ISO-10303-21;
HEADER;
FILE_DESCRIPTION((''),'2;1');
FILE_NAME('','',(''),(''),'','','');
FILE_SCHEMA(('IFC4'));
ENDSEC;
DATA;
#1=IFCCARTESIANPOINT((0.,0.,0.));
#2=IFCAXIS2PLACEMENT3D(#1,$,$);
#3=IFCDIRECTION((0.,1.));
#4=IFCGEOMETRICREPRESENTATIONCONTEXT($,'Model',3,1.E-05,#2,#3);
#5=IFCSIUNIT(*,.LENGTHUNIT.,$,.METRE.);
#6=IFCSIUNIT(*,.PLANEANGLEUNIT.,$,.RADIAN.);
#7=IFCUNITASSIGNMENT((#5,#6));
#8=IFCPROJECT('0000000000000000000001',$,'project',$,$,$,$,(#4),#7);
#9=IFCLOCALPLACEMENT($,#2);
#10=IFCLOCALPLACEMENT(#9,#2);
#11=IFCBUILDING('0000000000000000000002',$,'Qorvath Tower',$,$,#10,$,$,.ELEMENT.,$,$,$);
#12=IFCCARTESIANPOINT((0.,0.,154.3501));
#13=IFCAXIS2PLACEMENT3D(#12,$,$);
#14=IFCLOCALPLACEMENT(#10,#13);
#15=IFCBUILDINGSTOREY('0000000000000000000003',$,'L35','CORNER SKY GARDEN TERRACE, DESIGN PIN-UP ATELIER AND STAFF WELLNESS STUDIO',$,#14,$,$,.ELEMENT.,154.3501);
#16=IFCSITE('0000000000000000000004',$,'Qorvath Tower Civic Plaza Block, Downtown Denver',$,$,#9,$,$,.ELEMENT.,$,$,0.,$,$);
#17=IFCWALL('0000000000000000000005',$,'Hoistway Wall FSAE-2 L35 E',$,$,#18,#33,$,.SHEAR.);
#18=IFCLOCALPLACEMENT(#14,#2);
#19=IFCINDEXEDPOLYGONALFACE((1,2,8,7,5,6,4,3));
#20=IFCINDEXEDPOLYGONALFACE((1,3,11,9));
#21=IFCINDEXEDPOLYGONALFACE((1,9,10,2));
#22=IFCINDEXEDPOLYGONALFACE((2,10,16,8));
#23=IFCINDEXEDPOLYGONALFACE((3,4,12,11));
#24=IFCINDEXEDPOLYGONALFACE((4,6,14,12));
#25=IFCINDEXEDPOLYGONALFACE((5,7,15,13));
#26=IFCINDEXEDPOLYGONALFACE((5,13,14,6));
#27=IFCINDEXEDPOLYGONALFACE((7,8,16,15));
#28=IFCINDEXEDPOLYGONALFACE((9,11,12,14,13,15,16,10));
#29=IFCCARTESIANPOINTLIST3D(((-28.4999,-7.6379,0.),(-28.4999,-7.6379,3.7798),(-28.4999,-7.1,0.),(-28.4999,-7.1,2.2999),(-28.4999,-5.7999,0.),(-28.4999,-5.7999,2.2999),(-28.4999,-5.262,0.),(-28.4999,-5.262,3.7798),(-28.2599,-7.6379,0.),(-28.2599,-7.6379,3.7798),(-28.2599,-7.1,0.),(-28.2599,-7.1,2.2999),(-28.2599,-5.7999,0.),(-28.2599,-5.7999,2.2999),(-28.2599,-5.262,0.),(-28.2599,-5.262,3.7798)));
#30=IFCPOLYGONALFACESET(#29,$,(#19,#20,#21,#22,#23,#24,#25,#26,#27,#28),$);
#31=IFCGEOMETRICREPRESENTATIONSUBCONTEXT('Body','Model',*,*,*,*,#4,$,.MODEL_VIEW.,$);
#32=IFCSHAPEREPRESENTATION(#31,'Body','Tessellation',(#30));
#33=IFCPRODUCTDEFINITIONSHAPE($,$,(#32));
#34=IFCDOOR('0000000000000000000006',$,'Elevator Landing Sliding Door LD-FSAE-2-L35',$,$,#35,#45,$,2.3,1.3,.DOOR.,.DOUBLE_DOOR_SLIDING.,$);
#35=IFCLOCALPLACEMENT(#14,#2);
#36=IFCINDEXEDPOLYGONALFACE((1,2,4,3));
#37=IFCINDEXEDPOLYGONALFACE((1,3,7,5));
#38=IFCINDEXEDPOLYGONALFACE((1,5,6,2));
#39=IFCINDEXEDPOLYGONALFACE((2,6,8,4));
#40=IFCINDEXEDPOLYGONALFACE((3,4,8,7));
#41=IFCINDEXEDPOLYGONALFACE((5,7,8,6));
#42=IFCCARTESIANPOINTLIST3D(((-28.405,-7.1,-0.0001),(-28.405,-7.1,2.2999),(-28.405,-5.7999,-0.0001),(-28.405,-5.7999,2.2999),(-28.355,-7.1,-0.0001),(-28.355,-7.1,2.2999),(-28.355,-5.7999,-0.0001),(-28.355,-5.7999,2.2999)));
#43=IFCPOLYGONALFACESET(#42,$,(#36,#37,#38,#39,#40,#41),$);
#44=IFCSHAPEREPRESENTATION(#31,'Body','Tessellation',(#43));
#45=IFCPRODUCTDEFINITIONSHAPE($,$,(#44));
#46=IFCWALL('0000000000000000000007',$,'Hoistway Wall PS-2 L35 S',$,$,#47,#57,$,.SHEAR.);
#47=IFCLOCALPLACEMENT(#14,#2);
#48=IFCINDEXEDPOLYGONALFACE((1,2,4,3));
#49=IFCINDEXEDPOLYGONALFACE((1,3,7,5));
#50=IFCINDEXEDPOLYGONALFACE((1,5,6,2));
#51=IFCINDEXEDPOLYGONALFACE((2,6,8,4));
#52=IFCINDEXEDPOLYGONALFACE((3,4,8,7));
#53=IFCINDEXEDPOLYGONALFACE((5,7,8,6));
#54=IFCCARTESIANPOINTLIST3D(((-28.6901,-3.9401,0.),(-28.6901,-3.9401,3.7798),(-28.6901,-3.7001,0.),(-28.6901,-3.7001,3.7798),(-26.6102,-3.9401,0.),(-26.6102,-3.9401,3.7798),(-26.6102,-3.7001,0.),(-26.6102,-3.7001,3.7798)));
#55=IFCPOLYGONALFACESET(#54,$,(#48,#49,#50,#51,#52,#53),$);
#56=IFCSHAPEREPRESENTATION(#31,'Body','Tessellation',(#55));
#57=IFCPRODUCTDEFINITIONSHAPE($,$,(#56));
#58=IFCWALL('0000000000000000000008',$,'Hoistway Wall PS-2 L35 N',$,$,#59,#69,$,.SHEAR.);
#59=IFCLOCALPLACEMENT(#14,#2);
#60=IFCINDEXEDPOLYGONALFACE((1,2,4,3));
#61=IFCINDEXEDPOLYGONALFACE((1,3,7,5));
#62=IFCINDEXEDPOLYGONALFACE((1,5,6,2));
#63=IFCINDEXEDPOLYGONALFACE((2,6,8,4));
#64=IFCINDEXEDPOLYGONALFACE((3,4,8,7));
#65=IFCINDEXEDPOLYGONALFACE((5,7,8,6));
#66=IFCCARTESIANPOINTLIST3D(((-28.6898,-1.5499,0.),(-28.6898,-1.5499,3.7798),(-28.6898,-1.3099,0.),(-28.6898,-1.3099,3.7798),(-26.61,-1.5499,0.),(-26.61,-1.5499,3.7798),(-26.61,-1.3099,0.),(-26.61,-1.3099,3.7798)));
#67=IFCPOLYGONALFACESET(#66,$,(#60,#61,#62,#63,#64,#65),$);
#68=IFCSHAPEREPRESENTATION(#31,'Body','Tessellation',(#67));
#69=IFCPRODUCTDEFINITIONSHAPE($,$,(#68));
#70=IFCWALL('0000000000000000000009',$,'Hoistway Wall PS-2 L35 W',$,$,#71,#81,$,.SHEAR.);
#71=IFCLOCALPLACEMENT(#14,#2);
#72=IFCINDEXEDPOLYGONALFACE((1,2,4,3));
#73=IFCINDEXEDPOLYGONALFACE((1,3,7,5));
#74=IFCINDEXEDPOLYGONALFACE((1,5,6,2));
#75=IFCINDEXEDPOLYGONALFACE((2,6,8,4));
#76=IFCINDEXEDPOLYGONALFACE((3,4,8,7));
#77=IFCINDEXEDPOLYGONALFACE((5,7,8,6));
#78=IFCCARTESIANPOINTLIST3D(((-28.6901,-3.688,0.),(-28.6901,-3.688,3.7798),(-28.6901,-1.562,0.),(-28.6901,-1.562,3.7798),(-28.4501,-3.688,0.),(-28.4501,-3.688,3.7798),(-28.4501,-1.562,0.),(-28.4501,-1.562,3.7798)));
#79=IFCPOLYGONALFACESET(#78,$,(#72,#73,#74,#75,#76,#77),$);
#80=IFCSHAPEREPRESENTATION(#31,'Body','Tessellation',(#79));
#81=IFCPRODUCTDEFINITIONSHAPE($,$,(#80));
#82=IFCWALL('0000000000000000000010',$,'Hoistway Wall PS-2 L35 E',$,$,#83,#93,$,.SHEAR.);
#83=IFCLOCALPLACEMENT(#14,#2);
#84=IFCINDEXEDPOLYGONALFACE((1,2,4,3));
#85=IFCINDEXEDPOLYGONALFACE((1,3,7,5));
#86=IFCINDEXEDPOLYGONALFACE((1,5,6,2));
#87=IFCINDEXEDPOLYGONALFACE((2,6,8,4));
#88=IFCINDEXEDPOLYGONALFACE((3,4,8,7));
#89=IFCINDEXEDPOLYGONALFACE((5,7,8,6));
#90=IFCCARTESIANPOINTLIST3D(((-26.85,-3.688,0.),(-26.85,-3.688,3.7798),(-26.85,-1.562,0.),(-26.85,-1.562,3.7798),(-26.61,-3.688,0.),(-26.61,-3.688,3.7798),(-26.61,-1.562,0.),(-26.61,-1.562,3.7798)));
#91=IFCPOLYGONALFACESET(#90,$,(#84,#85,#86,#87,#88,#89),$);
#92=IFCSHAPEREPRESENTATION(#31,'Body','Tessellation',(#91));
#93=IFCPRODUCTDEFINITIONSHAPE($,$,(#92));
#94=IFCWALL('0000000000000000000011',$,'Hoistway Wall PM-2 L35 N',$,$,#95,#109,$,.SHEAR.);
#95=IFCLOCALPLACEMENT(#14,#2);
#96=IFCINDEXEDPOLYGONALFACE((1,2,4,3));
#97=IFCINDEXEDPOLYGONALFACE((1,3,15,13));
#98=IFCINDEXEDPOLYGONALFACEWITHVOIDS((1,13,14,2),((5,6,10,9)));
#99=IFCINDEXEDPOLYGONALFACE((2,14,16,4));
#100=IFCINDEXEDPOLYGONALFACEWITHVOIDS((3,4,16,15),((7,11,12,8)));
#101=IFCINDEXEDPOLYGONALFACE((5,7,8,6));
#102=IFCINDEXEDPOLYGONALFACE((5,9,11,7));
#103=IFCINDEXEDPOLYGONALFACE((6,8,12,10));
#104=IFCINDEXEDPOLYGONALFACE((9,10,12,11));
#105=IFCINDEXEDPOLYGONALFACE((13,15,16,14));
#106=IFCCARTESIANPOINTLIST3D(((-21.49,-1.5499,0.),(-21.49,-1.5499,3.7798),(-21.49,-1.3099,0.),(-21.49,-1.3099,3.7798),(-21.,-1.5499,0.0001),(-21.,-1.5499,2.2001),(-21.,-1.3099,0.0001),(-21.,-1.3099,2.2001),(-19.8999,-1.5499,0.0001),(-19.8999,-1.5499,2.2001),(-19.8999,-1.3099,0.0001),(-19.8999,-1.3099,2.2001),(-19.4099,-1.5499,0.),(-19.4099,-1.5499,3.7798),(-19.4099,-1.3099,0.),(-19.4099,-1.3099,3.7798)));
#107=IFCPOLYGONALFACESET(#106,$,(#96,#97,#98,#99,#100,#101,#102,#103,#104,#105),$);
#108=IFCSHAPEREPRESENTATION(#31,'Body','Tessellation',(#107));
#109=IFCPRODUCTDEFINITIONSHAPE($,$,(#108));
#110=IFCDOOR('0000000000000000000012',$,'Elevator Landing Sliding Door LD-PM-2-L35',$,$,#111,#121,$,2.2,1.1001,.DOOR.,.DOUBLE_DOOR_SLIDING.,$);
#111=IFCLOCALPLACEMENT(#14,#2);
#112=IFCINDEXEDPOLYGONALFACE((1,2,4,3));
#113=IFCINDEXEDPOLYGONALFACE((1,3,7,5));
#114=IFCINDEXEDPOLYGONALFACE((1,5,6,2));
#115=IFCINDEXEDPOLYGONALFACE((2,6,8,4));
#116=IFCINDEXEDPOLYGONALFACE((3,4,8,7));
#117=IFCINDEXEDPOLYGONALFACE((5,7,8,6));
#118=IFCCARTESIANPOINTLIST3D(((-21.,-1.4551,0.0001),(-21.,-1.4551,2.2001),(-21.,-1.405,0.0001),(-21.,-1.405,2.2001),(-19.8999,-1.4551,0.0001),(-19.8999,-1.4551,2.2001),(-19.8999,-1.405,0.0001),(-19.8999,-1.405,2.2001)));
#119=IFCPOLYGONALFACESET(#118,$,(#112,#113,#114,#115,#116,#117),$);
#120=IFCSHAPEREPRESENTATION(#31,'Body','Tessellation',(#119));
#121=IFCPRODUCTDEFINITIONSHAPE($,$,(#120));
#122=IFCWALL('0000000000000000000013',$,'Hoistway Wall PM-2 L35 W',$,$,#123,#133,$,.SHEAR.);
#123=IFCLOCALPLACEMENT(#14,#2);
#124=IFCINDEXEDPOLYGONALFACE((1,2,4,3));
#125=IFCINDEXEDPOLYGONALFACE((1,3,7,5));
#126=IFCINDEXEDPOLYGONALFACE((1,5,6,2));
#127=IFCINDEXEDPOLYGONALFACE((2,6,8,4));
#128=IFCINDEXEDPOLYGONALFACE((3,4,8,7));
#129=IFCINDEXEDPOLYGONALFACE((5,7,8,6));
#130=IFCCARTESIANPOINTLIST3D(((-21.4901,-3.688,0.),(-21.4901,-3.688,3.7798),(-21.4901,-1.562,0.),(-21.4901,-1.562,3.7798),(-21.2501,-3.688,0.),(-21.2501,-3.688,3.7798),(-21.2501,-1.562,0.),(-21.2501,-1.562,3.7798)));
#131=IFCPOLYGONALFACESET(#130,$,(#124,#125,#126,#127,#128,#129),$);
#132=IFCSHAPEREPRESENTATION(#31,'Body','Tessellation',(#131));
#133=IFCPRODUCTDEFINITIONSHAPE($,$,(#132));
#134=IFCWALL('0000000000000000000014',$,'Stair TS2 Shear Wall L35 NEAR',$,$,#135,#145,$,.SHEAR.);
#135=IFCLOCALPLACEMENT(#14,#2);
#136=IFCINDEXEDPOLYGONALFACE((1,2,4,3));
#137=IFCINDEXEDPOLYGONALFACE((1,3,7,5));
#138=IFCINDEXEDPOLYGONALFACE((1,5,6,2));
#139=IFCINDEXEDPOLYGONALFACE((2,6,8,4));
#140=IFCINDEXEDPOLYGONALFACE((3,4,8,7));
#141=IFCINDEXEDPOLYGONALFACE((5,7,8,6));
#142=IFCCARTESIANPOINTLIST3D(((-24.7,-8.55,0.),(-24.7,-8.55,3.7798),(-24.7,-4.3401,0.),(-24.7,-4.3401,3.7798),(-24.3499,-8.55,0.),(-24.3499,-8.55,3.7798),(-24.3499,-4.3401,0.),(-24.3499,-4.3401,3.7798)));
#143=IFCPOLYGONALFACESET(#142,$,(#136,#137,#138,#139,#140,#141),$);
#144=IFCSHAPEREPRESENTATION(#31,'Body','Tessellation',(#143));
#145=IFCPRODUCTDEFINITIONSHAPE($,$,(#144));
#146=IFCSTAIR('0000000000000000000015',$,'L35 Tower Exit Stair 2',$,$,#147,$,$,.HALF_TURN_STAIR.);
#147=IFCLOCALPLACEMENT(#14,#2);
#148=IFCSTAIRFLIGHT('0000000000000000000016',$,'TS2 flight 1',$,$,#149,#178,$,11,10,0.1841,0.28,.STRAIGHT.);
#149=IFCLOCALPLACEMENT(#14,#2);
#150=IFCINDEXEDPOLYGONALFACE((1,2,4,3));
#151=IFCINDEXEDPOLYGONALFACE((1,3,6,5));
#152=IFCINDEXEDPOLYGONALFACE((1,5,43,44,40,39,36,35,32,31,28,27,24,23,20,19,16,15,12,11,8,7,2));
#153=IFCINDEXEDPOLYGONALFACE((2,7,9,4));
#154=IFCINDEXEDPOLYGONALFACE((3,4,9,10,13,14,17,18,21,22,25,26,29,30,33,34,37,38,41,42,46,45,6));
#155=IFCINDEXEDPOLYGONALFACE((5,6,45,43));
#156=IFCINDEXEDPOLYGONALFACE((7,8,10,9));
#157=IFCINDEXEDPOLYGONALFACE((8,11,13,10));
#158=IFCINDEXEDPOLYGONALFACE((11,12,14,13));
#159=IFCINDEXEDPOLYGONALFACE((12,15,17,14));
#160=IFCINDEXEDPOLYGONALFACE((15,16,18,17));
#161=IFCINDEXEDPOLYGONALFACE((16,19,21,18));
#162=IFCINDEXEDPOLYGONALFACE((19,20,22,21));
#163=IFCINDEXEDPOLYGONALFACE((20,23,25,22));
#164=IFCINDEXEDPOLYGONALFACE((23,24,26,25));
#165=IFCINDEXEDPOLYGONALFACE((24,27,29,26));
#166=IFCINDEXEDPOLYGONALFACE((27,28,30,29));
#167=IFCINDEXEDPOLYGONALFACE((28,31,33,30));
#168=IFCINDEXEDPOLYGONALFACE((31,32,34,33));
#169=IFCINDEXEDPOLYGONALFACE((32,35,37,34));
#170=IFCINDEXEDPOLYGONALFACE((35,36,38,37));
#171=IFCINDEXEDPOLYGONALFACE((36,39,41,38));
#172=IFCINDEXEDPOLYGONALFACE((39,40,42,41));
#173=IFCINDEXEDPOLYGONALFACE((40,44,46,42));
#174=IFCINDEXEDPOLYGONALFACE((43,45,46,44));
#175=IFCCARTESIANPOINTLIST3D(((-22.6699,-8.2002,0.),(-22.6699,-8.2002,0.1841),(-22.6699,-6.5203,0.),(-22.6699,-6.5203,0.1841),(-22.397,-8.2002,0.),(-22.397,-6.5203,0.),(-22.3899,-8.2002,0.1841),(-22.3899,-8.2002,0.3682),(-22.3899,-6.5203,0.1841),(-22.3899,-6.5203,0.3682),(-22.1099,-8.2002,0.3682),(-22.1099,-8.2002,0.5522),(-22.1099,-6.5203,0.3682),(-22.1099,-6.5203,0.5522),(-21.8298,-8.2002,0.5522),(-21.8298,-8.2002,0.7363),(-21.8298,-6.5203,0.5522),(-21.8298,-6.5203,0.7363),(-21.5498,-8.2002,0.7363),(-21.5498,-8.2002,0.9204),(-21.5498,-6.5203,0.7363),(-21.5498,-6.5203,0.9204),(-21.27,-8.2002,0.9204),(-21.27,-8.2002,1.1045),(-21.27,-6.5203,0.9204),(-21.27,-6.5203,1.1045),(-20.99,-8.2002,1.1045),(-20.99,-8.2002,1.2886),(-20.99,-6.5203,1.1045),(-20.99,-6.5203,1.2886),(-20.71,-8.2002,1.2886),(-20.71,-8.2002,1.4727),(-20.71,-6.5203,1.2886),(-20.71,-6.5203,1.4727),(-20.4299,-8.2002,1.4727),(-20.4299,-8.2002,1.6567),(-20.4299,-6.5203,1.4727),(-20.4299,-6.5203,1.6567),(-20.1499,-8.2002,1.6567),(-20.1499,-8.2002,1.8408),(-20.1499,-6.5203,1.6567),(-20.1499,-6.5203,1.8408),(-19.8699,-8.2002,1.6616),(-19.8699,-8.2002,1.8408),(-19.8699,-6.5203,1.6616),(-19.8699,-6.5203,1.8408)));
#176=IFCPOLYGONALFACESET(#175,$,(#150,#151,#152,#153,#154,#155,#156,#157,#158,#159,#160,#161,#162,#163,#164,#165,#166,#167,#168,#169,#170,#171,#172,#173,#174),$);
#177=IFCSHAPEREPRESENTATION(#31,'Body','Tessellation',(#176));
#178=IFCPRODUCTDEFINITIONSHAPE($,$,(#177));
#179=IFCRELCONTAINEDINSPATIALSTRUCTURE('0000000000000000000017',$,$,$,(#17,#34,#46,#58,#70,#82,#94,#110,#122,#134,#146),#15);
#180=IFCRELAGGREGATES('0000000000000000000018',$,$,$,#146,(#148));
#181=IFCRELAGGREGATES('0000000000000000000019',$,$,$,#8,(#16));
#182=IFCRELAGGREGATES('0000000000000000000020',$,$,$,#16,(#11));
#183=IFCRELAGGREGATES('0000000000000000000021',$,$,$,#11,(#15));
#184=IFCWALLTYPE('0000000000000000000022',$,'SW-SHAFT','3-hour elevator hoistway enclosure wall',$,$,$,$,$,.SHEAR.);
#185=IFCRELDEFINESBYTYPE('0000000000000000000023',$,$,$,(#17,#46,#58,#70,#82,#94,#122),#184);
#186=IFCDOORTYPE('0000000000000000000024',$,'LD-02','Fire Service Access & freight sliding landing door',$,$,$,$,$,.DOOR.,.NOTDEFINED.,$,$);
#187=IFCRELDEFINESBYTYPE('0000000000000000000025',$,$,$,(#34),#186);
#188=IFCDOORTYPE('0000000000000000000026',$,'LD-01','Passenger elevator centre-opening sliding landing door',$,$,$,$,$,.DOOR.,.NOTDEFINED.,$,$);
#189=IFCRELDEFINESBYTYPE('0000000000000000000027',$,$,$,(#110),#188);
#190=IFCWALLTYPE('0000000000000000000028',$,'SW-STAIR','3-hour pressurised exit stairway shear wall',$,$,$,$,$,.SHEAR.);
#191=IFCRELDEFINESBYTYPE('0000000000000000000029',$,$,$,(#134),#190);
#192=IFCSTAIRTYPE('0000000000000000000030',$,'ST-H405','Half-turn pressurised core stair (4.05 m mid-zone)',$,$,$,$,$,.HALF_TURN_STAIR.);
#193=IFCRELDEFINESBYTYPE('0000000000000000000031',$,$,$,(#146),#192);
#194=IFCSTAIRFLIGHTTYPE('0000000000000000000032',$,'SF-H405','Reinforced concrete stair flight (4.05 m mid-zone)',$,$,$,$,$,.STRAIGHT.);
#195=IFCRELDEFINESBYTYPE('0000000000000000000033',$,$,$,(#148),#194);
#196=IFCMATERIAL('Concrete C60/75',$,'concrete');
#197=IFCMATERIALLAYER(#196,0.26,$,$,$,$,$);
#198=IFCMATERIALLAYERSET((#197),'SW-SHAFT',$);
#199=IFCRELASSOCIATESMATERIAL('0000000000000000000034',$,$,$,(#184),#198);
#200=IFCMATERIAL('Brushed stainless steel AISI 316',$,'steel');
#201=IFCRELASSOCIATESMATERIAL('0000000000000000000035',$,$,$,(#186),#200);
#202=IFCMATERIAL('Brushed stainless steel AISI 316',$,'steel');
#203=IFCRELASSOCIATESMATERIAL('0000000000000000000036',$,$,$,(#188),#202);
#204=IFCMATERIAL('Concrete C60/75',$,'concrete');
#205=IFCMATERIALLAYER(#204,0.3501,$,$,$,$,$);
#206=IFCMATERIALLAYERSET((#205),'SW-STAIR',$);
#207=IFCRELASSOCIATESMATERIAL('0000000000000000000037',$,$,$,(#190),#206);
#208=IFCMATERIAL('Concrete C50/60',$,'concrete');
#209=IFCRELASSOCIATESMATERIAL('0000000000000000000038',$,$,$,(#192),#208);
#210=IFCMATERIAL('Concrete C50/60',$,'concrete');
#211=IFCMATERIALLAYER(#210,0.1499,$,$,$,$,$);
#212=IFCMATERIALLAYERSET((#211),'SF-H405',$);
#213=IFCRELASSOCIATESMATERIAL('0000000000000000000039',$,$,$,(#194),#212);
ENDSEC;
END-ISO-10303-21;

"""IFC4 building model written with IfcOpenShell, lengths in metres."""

from ifc_helpers import new_model, si_unit, direction, frame, frame_2d, origin, place, context, subcontext, project, spatial, polyline, rectangle, outline, extrude, material, layer, layer_set, type_object, element, fill, aggregate, save


model = new_model("IFC4")

# Units and contexts
model_context = context("Model", 3, precision=1e-05, world=origin(), true_north=direction((0.0, 1.0)))
body_context = subcontext(model_context, "Body", "Model", "MODEL_VIEW")
ifc_project = project(units=[si_unit("LENGTHUNIT", "METRE"), si_unit("PLANEANGLEUNIT", "RADIAN")], contexts=[model_context])

# Site, building, storey
site_placement = place(None, origin())
site = spatial("IfcSite", under=ifc_project, at=site_placement, Name="Qorvath Tower Civic Plaza Block, Downtown Denver", CompositionType="ELEMENT", RefElevation=0.0)
building_placement = place(site_placement, origin())
building = spatial("IfcBuilding", under=site, at=building_placement, Name="Qorvath Tower", CompositionType="ELEMENT")
storey_placement = place(building_placement, frame((0.0, 0.0, 154.3501)))
storey = spatial("IfcBuildingStorey", under=building, at=storey_placement, Name="L35", Description="CORNER SKY GARDEN TERRACE, DESIGN PIN-UP ATELIER AND STAFF WELLNESS STUDIO", CompositionType="ELEMENT", Elevation=154.3501)

# Shared definitions
ifc_material_1 = material(Name="Concrete C60/75", Category="concrete")
ifc_layer_1 = layer(ifc_material_1, 0.26)
ifc_layer_set_1 = layer_set([ifc_layer_1], Name="SW-SHAFT")
wall_type_1 = type_object("IfcWallType", Name="SW-SHAFT", Description="3-hour elevator hoistway enclosure wall", PredefinedType="SHEAR", material=ifc_layer_set_1)

# Wall, opening, door
wall_1_placement = place(storey_placement, frame((-28.3799, -5.262, 0.0), z_axis=(0.0, 0.0, 1.0), x_axis=(0.0, -1.0, 0.0)))
wall_1 = element("IfcWall", 1, at=wall_1_placement, inside=storey, type_object=wall_type_1, Name="Hoistway Wall FSAE-2 L35 E", PredefinedType="SHEAR", context=body_context, shape_type="SweptSolid", body=[
    extrude(rectangle(XDim=2.376, YDim=0.24, at=frame_2d((1.188, 0.0))), origin(), (0.0, 0.0, 1.0), 3.7798),
])
opening_1_placement = place(wall_1_placement, frame((0.5381, 0.0, 0.0)))
opening_1 = element("IfcOpeningElement", 2, at=opening_1_placement, cuts=wall_1, PredefinedType="OPENING", context=body_context, shape_type="SweptSolid", body=[
    extrude(rectangle(XDim=1.3, YDim=2.3, at=frame_2d((0.6499, 1.1499))), frame((0.0, 0.1299, 0.0), z_axis=(0.0, -1.0, 0.0), x_axis=(1.0, 0.0, 0.0)), (0.0, 0.0, 1.0), 0.26),
])
ifc_material_2 = material(Name="Brushed stainless steel AISI 316", Category="steel")
door_type_1 = type_object("IfcDoorType", Name="LD-02", Description="Fire Service Access & freight sliding landing door", OperationType="NOTDEFINED", PredefinedType="DOOR", material=ifc_material_2)
door_1_placement = place(opening_1_placement, origin())
door_1 = element("IfcDoor", 3, at=door_1_placement, inside=storey, type_object=door_type_1, Name="Elevator Landing Sliding Door LD-FSAE-2-L35", OperationType="DOUBLE_DOOR_SLIDING", OverallHeight=2.3, OverallWidth=1.3, PredefinedType="DOOR", context=body_context, shape_type="SweptSolid", body=[
    extrude(rectangle(XDim=1.3, YDim=2.3, at=frame_2d((0.6499, 1.1499))), frame((0.0, 0.0249, 0.0), z_axis=(0.0, -1.0, 0.0), x_axis=(1.0, 0.0, 0.0)), (0.0, 0.0, 1.0), 0.05),
])
fill(opening_1, door_1)

# Walls
for number, where, z_axis, x_axis, name in (
    (4, (-26.6101, -3.8201, 0.0), (0.0, 0.0, 1.0), (-1.0, 0.0, 0.0), "Hoistway Wall PS-2 L35 S"),
    (5, (-28.6899, -1.4299, 0.0), (0.0, 0.0, 1.0), (1.0, 0.0, 0.0), "Hoistway Wall PS-2 L35 N"),
):
    element("IfcWall", number, at=place(storey_placement, frame(where, z_axis=z_axis, x_axis=x_axis)), inside=storey, type_object=wall_type_1, Name=name, PredefinedType="SHEAR", context=body_context, shape_type="SweptSolid", body=[
        extrude(rectangle(XDim=2.0798, YDim=0.24, at=frame_2d((1.04, 0.0))), origin(), (0.0, 0.0, 1.0), 3.7798),
    ])
for number, where, z_axis, x_axis, name in (
    (6, (-28.5701, -3.688, 0.0), (0.0, 0.0, 1.0), (0.0, 1.0, 0.0), "Hoistway Wall PS-2 L35 W"),
    (7, (-26.73, -1.562, 0.0), (0.0, 0.0, 1.0), (0.0, -1.0, 0.0), "Hoistway Wall PS-2 L35 E"),
):
    element("IfcWall", number, at=place(storey_placement, frame(where, z_axis=z_axis, x_axis=x_axis)), inside=storey, type_object=wall_type_1, Name=name, PredefinedType="SHEAR", context=body_context, shape_type="SweptSolid", body=[
        extrude(rectangle(XDim=2.126, YDim=0.24, at=frame_2d((1.063, 0.0))), origin(), (0.0, 0.0, 1.0), 3.7798),
    ])

# Wall, opening, door
wall_2_placement = place(storey_placement, frame((-21.49, -1.4299, 0.0), z_axis=(0.0, 0.0, 1.0), x_axis=(1.0, 0.0, 0.0)))
wall_2 = element("IfcWall", 8, at=wall_2_placement, inside=storey, type_object=wall_type_1, Name="Hoistway Wall PM-2 L35 N", PredefinedType="SHEAR", context=body_context, shape_type="SweptSolid", body=[
    extrude(rectangle(XDim=2.0801, YDim=0.24, at=frame_2d((1.04, 0.0))), origin(), (0.0, 0.0, 1.0), 3.7798),
])
opening_2_placement = place(wall_2_placement, frame((0.49, 0.0, 0.0)))
opening_2 = element("IfcOpeningElement", 9, at=opening_2_placement, cuts=wall_2, PredefinedType="OPENING", context=body_context, shape_type="SweptSolid", body=[
    extrude(rectangle(XDim=1.1001, YDim=2.2, at=frame_2d((0.55, 1.1001))), frame((0.0, 0.1299, 0.0), z_axis=(0.0, -1.0, 0.0), x_axis=(1.0, 0.0, 0.0)), (0.0, 0.0, 1.0), 0.26),
])
ifc_material_3 = material(Name="Brushed stainless steel AISI 316", Category="steel")
door_type_2 = type_object("IfcDoorType", Name="LD-01", Description="Passenger elevator centre-opening sliding landing door", OperationType="NOTDEFINED", PredefinedType="DOOR", material=ifc_material_3)
door_2_placement = place(opening_2_placement, origin())
door_2 = element("IfcDoor", 10, at=door_2_placement, inside=storey, type_object=door_type_2, Name="Elevator Landing Sliding Door LD-PM-2-L35", OperationType="DOUBLE_DOOR_SLIDING", OverallHeight=2.2, OverallWidth=1.1001, PredefinedType="DOOR", context=body_context, shape_type="SweptSolid", body=[
    extrude(rectangle(XDim=1.1001, YDim=2.2, at=frame_2d((0.55, 1.1001))), frame((0.0, 0.0249, 0.0), z_axis=(0.0, -1.0, 0.0), x_axis=(1.0, 0.0, 0.0)), (0.0, 0.0, 1.0), 0.05),
])
fill(opening_2, door_2)

# Walls
wall_3_placement = place(storey_placement, frame((-21.3701, -3.688, 0.0), z_axis=(0.0, 0.0, 1.0), x_axis=(0.0, 1.0, 0.0)))
element("IfcWall", 11, at=wall_3_placement, inside=storey, type_object=wall_type_1, Name="Hoistway Wall PM-2 L35 W", PredefinedType="SHEAR", context=body_context, shape_type="SweptSolid", body=[
    extrude(rectangle(XDim=2.126, YDim=0.24, at=frame_2d((1.063, 0.0))), origin(), (0.0, 0.0, 1.0), 3.7798),
])
ifc_material_4 = material(Name="Concrete C60/75", Category="concrete")
ifc_layer_2 = layer(ifc_material_4, 0.3501)
ifc_layer_set_2 = layer_set([ifc_layer_2], Name="SW-STAIR")
wall_type_2 = type_object("IfcWallType", Name="SW-STAIR", Description="3-hour pressurised exit stairway shear wall", PredefinedType="SHEAR", material=ifc_layer_set_2)
wall_4_placement = place(storey_placement, frame((-24.5249, -4.3401, 0.0), z_axis=(0.0, 0.0, 1.0), x_axis=(0.0, -1.0, 0.0)))
element("IfcWall", 12, at=wall_4_placement, inside=storey, type_object=wall_type_2, Name="Stair TS2 Shear Wall L35 NEAR", PredefinedType="SHEAR", context=body_context, shape_type="SweptSolid", body=[
    extrude(rectangle(XDim=4.21, YDim=0.3501, at=frame_2d((2.105, 0.0))), origin(), (0.0, 0.0, 1.0), 3.7798),
])

# Stair, stair flight
ifc_material_5 = material(Name="Concrete C50/60", Category="concrete")
stair_type = type_object("IfcStairType", Name="ST-H405", Description="Half-turn pressurised core stair (4.05 m mid-zone)", PredefinedType="HALF_TURN_STAIR", material=ifc_material_5)
stair_placement = place(storey_placement, origin())
stair = element("IfcStair", 13, at=stair_placement, inside=storey, type_object=stair_type, Name="L35 Tower Exit Stair 2", PredefinedType="HALF_TURN_STAIR")
ifc_material_6 = material(Name="Concrete C50/60", Category="concrete")
ifc_layer_3 = layer(ifc_material_6, 0.1499)
ifc_layer_set_3 = layer_set([ifc_layer_3], Name="SF-H405")
stair_flight_type = type_object("IfcStairFlightType", Name="SF-H405", Description="Reinforced concrete stair flight (4.05 m mid-zone)", PredefinedType="STRAIGHT", material=ifc_layer_set_3)
stair_flight_placement = place(storey_placement, frame((-22.6699, -7.3601, 0.0), z_axis=(0.0, 0.0, 1.0), x_axis=(1.0, 0.0, 0.0)))
stair_flight = element("IfcStairFlight", 14, at=stair_flight_placement, type_object=stair_flight_type, Name="TS2 flight 1", NumberOfRisers=11, NumberOfTreads=10, PredefinedType="STRAIGHT", RiserHeight=0.1841, TreadLength=0.28, context=body_context, shape_type="SweptSolid", body=[
    extrude(outline(polyline([(0.0, 0.0), (0.0, 0.1841), (0.28, 0.1841), (0.28, 0.3682), (0.5601, 0.3682), (0.5601, 0.5522), (0.8401, 0.5522), (0.8401, 0.7363), (1.1201, 0.7363), (1.1201, 0.9204), (1.3999, 0.9204), (1.3999, 1.1045), (1.6799, 1.1045), (1.6799, 1.2886), (1.96, 1.2886), (1.96, 1.4727), (2.24, 1.4727), (2.24, 1.6567), (2.52, 1.6567), (2.52, 1.8408), (2.8, 1.8408), (2.8, 2.0249), (2.8, 1.6616), (0.2729, 0.0), (0.0, 0.0)])), frame((0.0, 0.8398, 0.0), z_axis=(0.0, -1.0, 0.0), x_axis=(1.0, 0.0, 0.0)), (0.0, 0.0, 1.0), 1.6799),
])
aggregate(stair, [stair_flight])

save(model, "model.ifc")
